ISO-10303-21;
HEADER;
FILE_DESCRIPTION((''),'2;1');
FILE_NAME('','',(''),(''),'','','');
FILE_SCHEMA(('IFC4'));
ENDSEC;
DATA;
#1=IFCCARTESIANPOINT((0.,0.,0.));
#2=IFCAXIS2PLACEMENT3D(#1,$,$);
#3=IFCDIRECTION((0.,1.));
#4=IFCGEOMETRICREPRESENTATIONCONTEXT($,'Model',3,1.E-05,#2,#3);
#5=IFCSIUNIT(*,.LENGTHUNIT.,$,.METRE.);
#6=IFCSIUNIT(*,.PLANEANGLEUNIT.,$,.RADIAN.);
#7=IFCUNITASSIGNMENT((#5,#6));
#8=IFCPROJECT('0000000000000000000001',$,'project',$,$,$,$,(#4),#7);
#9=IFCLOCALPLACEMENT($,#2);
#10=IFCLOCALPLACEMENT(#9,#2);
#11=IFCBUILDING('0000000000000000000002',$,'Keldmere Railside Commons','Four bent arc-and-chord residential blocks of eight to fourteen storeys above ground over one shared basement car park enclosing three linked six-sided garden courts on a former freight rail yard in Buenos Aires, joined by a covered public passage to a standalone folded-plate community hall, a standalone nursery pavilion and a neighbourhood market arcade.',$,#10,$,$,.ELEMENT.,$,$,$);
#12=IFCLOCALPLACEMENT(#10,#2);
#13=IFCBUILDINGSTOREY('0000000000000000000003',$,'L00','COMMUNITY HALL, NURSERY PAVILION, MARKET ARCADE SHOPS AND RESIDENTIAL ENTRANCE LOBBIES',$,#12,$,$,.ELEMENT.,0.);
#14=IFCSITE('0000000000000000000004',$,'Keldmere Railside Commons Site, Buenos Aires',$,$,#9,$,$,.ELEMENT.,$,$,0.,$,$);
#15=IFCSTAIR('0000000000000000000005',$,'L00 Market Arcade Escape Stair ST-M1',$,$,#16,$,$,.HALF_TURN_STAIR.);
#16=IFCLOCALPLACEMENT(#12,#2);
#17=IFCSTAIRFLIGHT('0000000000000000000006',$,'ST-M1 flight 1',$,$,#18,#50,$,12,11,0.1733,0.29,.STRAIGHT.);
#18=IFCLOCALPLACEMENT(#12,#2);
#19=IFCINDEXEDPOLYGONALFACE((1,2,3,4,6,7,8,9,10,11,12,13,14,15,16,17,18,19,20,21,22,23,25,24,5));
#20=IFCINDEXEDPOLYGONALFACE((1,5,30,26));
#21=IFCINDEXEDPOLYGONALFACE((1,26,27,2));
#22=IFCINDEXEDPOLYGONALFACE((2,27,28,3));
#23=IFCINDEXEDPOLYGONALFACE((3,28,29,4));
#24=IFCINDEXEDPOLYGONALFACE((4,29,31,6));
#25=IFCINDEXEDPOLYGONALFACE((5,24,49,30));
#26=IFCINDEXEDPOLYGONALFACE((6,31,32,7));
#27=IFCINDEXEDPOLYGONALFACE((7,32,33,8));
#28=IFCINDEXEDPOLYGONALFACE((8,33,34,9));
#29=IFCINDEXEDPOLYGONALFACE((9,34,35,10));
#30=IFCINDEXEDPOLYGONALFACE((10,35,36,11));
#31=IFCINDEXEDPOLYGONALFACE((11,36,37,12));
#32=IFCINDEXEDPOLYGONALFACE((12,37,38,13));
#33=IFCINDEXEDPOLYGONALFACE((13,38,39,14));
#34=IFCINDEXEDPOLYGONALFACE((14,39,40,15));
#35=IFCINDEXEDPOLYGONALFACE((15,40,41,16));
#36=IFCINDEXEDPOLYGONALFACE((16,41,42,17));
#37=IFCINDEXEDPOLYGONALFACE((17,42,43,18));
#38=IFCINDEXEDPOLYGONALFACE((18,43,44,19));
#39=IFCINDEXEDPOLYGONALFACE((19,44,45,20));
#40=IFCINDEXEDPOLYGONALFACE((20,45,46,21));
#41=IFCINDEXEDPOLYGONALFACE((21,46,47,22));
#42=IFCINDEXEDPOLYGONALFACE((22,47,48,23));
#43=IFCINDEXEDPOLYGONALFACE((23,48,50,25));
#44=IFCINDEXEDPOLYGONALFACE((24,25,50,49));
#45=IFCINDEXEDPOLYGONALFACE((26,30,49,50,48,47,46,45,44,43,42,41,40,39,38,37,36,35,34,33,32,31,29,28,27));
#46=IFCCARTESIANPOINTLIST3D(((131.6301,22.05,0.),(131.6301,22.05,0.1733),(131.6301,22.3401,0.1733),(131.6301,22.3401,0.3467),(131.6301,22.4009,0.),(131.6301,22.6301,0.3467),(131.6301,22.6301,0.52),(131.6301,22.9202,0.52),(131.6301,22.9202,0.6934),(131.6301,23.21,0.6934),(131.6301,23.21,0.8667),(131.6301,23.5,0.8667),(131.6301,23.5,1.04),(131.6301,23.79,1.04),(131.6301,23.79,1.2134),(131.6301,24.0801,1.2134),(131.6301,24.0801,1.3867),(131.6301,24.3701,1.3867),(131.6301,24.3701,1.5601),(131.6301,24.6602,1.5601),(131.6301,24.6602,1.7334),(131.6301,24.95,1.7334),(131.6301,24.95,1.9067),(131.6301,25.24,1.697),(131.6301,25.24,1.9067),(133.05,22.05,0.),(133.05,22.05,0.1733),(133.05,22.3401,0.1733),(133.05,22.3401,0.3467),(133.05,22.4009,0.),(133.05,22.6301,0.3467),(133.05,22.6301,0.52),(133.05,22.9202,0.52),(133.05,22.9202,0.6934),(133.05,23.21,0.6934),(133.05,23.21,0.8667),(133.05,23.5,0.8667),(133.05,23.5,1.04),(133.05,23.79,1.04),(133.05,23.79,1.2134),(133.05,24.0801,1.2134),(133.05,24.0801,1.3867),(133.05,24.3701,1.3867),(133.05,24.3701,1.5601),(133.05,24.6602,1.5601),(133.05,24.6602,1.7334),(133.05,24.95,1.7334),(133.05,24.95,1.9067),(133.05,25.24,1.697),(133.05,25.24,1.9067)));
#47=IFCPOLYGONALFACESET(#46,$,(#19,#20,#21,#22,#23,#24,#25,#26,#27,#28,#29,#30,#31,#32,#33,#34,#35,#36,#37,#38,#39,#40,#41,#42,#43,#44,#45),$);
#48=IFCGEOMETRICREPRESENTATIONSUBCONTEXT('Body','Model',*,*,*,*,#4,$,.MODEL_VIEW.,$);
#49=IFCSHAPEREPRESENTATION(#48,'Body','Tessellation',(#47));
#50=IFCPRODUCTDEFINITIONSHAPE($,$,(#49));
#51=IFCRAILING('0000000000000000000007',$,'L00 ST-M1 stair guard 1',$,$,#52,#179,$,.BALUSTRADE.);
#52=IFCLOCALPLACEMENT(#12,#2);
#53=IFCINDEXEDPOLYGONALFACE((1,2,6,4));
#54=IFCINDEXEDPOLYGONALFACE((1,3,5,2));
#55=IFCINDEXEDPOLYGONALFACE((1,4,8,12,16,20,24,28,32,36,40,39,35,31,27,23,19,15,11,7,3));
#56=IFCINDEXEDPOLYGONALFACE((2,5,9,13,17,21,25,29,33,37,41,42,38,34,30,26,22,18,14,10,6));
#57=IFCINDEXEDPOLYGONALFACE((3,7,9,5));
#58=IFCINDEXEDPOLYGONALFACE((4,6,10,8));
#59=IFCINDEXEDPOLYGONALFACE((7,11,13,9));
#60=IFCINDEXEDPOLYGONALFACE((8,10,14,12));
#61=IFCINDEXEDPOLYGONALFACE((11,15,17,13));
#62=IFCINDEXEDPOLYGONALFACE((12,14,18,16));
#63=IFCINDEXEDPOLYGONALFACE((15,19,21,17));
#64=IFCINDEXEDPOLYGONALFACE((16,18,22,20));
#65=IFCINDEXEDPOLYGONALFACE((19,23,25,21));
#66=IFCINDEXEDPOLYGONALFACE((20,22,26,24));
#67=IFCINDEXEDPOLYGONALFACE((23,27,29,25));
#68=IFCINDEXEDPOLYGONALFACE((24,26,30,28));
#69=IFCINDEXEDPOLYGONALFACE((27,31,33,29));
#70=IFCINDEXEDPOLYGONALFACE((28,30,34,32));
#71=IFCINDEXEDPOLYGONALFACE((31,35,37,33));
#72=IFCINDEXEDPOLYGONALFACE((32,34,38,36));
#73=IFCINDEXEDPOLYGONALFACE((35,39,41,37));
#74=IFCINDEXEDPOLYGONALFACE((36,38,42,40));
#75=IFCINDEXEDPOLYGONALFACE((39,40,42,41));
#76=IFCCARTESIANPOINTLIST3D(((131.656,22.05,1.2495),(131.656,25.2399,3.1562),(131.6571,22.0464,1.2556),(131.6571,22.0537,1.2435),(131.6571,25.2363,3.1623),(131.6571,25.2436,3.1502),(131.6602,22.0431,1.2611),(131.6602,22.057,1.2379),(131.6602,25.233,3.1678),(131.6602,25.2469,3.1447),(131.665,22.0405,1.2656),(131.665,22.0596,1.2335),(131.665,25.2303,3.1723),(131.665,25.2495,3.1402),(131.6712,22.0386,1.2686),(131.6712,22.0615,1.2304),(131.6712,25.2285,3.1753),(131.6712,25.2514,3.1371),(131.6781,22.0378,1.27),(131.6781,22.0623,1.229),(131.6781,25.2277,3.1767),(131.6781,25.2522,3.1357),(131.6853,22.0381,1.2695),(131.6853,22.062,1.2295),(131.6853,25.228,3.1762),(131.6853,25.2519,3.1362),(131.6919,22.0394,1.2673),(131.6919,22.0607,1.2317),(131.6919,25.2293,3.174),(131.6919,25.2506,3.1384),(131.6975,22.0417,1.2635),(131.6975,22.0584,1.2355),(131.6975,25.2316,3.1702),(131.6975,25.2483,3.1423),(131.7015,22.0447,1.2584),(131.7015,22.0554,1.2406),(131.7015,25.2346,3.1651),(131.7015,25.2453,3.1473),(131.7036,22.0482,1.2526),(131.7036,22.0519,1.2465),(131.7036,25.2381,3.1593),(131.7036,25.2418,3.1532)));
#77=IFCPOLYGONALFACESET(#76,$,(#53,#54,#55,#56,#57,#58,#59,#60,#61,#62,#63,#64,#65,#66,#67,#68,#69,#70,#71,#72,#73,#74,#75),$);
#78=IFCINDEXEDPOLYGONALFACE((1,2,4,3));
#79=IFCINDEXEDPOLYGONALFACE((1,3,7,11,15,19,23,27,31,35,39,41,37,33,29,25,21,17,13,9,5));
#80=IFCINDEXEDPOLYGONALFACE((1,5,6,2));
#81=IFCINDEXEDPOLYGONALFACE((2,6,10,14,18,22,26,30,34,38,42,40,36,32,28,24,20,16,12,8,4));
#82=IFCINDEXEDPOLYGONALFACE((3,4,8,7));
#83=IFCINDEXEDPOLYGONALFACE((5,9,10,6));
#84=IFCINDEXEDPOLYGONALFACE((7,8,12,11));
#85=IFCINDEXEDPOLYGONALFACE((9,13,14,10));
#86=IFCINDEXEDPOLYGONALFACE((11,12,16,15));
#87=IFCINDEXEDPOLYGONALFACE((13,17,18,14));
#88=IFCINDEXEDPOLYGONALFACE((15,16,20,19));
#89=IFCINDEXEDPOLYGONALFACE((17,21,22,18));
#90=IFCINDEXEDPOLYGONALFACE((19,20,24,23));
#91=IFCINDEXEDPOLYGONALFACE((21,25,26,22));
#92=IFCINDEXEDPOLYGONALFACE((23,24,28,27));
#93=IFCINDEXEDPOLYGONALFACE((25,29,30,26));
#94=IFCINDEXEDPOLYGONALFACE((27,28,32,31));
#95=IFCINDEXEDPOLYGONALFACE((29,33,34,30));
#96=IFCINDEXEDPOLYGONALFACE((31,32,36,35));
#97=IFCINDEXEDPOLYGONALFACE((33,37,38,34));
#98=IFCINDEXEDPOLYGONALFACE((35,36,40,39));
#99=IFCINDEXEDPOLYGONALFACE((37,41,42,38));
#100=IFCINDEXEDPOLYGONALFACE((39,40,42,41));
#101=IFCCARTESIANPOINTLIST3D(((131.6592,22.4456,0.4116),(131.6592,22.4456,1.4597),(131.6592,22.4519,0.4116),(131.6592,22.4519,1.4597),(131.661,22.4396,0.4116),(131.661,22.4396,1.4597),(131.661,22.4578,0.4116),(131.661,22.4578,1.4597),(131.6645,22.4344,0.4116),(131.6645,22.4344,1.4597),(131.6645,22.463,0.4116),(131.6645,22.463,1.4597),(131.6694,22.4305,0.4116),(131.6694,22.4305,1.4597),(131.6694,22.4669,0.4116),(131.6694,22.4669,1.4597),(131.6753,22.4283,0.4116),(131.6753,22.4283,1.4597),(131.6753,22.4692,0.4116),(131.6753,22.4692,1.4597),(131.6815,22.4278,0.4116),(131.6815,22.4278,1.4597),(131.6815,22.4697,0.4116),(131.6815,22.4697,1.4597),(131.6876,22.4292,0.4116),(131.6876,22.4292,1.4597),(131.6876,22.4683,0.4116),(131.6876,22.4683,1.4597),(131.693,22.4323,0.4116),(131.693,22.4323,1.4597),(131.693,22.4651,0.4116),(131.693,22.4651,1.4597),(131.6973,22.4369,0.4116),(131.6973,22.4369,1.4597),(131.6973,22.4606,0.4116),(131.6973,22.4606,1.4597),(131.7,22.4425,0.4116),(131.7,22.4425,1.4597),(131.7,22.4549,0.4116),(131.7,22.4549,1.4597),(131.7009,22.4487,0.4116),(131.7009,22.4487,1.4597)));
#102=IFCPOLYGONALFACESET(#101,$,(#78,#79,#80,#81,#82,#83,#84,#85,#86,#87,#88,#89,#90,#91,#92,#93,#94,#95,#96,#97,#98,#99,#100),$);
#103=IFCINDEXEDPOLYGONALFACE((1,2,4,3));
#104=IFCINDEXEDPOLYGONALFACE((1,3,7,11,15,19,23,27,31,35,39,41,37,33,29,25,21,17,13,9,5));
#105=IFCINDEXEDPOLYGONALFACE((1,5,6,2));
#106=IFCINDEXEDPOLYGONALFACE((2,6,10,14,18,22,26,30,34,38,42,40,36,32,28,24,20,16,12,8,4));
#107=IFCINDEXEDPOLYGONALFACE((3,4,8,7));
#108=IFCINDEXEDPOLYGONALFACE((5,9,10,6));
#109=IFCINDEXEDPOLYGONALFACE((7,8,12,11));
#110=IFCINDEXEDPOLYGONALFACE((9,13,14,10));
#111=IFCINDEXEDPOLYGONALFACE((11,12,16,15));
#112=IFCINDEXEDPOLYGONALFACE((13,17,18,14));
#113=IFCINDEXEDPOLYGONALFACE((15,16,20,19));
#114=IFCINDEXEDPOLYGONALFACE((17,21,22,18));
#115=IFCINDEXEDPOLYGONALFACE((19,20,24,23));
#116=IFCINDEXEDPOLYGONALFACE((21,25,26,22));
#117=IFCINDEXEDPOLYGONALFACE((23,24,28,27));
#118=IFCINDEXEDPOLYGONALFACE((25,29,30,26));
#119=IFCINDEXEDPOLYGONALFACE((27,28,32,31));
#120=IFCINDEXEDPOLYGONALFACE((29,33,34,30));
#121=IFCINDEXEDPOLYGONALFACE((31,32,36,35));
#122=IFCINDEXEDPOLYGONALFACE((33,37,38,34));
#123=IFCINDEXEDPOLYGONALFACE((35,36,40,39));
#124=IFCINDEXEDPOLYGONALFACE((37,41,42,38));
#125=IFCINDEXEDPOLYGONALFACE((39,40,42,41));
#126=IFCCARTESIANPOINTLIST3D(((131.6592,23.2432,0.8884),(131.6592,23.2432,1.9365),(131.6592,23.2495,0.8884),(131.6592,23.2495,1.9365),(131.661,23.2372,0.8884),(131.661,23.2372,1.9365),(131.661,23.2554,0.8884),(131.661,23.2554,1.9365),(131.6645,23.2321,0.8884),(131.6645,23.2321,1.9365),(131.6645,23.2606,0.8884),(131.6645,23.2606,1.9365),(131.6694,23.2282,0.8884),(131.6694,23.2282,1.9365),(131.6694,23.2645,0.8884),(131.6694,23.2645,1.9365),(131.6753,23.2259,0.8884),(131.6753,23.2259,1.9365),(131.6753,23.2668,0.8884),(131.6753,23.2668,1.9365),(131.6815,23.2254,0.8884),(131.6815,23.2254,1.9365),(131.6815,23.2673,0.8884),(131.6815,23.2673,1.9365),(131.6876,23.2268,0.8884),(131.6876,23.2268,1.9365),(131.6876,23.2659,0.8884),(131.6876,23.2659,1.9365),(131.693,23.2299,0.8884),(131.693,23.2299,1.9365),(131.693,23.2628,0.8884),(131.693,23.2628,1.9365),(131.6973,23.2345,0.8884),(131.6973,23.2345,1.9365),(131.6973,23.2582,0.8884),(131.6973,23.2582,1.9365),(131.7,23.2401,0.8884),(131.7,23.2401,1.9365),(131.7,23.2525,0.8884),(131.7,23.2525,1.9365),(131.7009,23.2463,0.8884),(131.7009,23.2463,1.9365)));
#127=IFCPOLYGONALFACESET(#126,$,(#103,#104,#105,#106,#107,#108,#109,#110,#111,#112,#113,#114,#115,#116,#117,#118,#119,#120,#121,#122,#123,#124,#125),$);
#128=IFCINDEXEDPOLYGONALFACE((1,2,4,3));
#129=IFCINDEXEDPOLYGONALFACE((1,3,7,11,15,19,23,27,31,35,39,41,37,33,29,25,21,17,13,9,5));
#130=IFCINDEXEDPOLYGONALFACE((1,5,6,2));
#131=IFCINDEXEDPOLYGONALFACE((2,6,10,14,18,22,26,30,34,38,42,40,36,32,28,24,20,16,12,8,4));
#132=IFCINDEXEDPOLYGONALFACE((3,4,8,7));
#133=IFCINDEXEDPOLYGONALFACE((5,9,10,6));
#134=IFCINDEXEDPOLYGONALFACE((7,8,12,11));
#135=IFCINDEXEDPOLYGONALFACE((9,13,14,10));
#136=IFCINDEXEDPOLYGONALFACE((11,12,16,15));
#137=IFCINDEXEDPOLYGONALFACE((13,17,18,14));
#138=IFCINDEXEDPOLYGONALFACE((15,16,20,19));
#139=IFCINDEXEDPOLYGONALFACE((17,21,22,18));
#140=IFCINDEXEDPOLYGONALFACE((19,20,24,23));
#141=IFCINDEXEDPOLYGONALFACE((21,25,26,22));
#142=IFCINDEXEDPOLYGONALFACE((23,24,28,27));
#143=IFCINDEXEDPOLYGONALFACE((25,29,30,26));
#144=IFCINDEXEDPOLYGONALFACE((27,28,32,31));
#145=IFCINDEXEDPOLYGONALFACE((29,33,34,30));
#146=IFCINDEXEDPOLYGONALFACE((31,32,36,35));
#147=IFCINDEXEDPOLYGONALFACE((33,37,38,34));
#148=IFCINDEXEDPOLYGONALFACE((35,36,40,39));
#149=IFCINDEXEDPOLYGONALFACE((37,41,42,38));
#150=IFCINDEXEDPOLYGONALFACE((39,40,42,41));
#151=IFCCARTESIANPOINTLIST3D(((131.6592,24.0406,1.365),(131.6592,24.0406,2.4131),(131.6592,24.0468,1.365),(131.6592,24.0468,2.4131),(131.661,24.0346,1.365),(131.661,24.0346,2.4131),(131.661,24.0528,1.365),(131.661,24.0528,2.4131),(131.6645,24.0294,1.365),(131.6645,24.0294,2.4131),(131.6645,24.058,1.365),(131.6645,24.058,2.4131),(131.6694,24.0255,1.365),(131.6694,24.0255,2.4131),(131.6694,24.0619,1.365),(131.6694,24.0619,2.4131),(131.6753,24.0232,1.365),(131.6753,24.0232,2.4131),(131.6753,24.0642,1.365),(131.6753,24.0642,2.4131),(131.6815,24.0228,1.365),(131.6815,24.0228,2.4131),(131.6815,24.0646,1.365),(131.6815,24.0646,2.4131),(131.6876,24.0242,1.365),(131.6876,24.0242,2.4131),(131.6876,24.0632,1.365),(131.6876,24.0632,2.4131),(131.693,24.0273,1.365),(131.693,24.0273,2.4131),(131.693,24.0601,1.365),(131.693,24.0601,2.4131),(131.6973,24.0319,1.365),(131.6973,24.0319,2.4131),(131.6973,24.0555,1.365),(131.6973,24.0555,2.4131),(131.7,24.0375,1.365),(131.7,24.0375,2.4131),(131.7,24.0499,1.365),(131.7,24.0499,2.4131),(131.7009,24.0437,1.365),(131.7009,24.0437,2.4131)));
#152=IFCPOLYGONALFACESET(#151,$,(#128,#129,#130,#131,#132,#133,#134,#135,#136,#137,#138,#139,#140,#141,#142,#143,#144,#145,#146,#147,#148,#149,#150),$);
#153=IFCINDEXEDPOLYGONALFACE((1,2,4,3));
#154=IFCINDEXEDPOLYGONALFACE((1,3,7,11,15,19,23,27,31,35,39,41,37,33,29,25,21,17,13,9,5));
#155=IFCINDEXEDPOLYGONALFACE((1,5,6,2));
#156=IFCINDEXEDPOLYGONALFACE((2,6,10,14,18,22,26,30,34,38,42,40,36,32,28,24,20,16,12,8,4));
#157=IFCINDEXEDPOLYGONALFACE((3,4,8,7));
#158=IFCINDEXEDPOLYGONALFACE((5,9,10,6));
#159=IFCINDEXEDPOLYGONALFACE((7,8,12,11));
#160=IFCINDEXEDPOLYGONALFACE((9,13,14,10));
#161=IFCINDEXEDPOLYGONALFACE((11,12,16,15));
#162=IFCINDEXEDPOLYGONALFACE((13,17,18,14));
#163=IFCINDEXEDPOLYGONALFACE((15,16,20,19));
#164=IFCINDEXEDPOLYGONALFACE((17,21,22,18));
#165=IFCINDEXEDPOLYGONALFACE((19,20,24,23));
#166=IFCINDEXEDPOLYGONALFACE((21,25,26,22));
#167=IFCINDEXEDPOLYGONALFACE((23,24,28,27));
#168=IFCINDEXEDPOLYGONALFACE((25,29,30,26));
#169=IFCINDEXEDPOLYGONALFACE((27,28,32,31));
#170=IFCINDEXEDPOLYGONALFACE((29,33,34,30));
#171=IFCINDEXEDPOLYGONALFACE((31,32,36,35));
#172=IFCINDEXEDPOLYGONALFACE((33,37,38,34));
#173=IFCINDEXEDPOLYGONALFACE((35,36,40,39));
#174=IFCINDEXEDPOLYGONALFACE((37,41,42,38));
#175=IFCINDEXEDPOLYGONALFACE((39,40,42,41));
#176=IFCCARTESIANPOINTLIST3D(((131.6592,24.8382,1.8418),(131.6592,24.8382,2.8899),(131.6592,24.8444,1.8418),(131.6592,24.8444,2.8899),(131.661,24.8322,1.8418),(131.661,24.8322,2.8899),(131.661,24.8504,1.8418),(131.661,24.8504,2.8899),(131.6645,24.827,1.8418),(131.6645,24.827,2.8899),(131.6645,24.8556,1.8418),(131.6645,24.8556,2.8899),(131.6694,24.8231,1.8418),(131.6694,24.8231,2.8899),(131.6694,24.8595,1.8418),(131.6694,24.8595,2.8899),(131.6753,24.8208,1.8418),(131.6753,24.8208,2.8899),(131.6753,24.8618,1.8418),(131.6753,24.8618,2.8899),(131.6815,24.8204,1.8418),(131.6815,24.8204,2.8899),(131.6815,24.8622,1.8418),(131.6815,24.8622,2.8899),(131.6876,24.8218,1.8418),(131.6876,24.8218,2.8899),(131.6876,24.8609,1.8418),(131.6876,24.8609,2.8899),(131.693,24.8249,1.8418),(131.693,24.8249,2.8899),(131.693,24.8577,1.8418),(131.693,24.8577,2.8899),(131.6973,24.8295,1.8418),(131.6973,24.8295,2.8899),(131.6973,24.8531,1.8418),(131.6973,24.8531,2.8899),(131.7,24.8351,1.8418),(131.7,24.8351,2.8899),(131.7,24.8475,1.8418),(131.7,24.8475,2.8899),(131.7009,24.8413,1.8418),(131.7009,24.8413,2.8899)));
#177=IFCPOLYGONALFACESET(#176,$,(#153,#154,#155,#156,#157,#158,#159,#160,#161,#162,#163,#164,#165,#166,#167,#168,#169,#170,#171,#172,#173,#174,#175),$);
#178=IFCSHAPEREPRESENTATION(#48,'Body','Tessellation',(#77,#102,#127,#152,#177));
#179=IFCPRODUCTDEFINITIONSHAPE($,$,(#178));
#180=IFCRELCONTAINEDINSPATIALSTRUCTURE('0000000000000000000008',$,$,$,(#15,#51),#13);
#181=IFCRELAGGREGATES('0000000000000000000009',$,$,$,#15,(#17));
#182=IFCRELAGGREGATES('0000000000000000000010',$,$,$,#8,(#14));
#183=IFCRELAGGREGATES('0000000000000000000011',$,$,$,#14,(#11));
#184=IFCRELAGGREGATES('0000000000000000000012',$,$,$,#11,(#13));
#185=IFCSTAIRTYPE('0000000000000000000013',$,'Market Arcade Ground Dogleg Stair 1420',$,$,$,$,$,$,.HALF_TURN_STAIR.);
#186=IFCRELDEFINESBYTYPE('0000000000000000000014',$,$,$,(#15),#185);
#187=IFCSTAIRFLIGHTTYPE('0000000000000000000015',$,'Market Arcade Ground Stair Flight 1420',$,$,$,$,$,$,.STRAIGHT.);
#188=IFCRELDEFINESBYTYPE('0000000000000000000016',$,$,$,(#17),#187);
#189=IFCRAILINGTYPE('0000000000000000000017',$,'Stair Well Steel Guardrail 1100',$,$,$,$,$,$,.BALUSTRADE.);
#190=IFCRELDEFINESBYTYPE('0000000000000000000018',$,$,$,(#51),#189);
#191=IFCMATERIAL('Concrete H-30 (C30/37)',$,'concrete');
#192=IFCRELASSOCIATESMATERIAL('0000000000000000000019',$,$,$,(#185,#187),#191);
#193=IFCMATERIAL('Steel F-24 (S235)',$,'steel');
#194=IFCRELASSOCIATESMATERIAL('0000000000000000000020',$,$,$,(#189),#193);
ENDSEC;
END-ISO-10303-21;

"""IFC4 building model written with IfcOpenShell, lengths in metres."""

from ifc_helpers import new_model, si_unit, direction, frame, origin, origin_2d, place, context, subcontext, project, spatial, polyline, circle, outline, extrude, material, type_object, element, aggregate, save


model = new_model("IFC4")

# Units and contexts
model_context = context("Model", 3, precision=1e-05, world=origin(), true_north=direction((0.0, 1.0)))
body_context = subcontext(model_context, "Body", "Model", "MODEL_VIEW")
ifc_project = project(units=[si_unit("LENGTHUNIT", "METRE"), si_unit("PLANEANGLEUNIT", "RADIAN")], contexts=[model_context])

# Site, building, storey
site_placement = place(None, origin())
site = spatial("IfcSite", under=ifc_project, at=site_placement, Name="Keldmere Railside Commons Site, Buenos Aires", CompositionType="ELEMENT", RefElevation=0.0)
building_placement = place(site_placement, origin())
building = spatial("IfcBuilding", under=site, at=building_placement, Name="Keldmere Railside Commons", Description="Four bent arc-and-chord residential blocks of eight to fourteen storeys above ground over one shared basement car park enclosing three linked six-sided garden courts on a former freight rail yard in Buenos Aires, joined by a covered public passage to a standalone folded-plate community hall, a standalone nursery pavilion and a neighbourhood market arcade.", CompositionType="ELEMENT")
storey_placement = place(building_placement, origin())
storey = spatial("IfcBuildingStorey", under=building, at=storey_placement, Name="L00", Description="COMMUNITY HALL, NURSERY PAVILION, MARKET ARCADE SHOPS AND RESIDENTIAL ENTRANCE LOBBIES", CompositionType="ELEMENT", Elevation=0.0)

# Shared definitions
ifc_material_1 = material(Name="Steel F-24 (S235)", Category="steel")

# Stair, stair flight
ifc_material_2 = material(Name="Concrete H-30 (C30/37)", Category="concrete")
stair_type = type_object("IfcStairType", Name="Market Arcade Ground Dogleg Stair 1420", PredefinedType="HALF_TURN_STAIR", material=ifc_material_2)
stair_placement = place(storey_placement, origin())
stair = element("IfcStair", 1, at=stair_placement, inside=storey, type_object=stair_type, Name="L00 Market Arcade Escape Stair ST-M1", PredefinedType="HALF_TURN_STAIR")
stair_flight_type = type_object("IfcStairFlightType", Name="Market Arcade Ground Stair Flight 1420", PredefinedType="STRAIGHT", material=ifc_material_2)
stair_flight_placement = place(storey_placement, frame((132.3401, 22.05, 0.0), z_axis=(0.0, 0.0, 1.0), x_axis=(0.0, 1.0, 0.0)))
stair_flight = element("IfcStairFlight", 2, at=stair_flight_placement, type_object=stair_flight_type, Name="ST-M1 flight 1", NumberOfRisers=12, NumberOfTreads=11, PredefinedType="STRAIGHT", RiserHeight=0.1733, TreadLength=0.29, context=body_context, shape_type="SweptSolid", body=[
    extrude(outline(polyline([(0.0, 0.0), (0.0, 0.1733), (0.29, 0.1733), (0.29, 0.3467), (0.5801, 0.3467), (0.5801, 0.52), (0.8701, 0.52), (0.8701, 0.6934), (1.1599, 0.6934), (1.1599, 0.8667), (1.45, 0.8667), (1.45, 1.04), (1.74, 1.04), (1.74, 1.2134), (2.03, 1.2134), (2.03, 1.3867), (2.3201, 1.3867), (2.3201, 1.5601), (2.6101, 1.5601), (2.6101, 1.7334), (2.8999, 1.7334), (2.8999, 1.9067), (3.1899, 1.9067), (3.1899, 2.0801), (3.1899, 1.697), (0.3508, 0.0), (0.0, 0.0)])), frame((0.0, 0.71, 0.0), z_axis=(0.0, -1.0, 0.0), x_axis=(1.0, 0.0, 0.0)), (0.0, 0.0, 1.0), 1.4199),
])
aggregate(stair, [stair_flight])

# Railing
railing_type_1 = type_object("IfcRailingType", Name="Stair Well Steel Guardrail 1100", PredefinedType="BALUSTRADE", material=ifc_material_1)
railing_1_placement = place(storey_placement, frame((131.6799, 22.05, 0.1733)))
element("IfcRailing", 3, at=railing_1_placement, inside=storey, type_object=railing_type_1, Name="L00 ST-M1 stair guard 1", PredefinedType="BALUSTRADE", context=body_context, shape_type="SweptSolid", body=[
    extrude(circle(Radius=0.0239, at=origin_2d()), frame((0.0, 0.0, 1.0762), z_axis=(0.0, 0.85835, 0.513065), x_axis=(-1.0, 0.0, 0.0)), (0.0, 0.0, 1.0), 3.7163),
    extrude(circle(Radius=0.021, at=origin_2d()), frame((0.0, 0.3987, 0.2383)), (0.0, 0.0, 1.0), 1.0481),
    extrude(circle(Radius=0.021, at=origin_2d()), frame((0.0, 1.1963, 0.7151)), (0.0, 0.0, 1.0), 1.0481),
    extrude(circle(Radius=0.021, at=origin_2d()), frame((0.0, 1.9937, 1.1917)), (0.0, 0.0, 1.0), 1.0481),
    extrude(circle(Radius=0.021, at=origin_2d()), frame((0.0, 2.7913, 1.6685)), (0.0, 0.0, 1.0), 1.0481),
])

save(model, "model.ifc")
